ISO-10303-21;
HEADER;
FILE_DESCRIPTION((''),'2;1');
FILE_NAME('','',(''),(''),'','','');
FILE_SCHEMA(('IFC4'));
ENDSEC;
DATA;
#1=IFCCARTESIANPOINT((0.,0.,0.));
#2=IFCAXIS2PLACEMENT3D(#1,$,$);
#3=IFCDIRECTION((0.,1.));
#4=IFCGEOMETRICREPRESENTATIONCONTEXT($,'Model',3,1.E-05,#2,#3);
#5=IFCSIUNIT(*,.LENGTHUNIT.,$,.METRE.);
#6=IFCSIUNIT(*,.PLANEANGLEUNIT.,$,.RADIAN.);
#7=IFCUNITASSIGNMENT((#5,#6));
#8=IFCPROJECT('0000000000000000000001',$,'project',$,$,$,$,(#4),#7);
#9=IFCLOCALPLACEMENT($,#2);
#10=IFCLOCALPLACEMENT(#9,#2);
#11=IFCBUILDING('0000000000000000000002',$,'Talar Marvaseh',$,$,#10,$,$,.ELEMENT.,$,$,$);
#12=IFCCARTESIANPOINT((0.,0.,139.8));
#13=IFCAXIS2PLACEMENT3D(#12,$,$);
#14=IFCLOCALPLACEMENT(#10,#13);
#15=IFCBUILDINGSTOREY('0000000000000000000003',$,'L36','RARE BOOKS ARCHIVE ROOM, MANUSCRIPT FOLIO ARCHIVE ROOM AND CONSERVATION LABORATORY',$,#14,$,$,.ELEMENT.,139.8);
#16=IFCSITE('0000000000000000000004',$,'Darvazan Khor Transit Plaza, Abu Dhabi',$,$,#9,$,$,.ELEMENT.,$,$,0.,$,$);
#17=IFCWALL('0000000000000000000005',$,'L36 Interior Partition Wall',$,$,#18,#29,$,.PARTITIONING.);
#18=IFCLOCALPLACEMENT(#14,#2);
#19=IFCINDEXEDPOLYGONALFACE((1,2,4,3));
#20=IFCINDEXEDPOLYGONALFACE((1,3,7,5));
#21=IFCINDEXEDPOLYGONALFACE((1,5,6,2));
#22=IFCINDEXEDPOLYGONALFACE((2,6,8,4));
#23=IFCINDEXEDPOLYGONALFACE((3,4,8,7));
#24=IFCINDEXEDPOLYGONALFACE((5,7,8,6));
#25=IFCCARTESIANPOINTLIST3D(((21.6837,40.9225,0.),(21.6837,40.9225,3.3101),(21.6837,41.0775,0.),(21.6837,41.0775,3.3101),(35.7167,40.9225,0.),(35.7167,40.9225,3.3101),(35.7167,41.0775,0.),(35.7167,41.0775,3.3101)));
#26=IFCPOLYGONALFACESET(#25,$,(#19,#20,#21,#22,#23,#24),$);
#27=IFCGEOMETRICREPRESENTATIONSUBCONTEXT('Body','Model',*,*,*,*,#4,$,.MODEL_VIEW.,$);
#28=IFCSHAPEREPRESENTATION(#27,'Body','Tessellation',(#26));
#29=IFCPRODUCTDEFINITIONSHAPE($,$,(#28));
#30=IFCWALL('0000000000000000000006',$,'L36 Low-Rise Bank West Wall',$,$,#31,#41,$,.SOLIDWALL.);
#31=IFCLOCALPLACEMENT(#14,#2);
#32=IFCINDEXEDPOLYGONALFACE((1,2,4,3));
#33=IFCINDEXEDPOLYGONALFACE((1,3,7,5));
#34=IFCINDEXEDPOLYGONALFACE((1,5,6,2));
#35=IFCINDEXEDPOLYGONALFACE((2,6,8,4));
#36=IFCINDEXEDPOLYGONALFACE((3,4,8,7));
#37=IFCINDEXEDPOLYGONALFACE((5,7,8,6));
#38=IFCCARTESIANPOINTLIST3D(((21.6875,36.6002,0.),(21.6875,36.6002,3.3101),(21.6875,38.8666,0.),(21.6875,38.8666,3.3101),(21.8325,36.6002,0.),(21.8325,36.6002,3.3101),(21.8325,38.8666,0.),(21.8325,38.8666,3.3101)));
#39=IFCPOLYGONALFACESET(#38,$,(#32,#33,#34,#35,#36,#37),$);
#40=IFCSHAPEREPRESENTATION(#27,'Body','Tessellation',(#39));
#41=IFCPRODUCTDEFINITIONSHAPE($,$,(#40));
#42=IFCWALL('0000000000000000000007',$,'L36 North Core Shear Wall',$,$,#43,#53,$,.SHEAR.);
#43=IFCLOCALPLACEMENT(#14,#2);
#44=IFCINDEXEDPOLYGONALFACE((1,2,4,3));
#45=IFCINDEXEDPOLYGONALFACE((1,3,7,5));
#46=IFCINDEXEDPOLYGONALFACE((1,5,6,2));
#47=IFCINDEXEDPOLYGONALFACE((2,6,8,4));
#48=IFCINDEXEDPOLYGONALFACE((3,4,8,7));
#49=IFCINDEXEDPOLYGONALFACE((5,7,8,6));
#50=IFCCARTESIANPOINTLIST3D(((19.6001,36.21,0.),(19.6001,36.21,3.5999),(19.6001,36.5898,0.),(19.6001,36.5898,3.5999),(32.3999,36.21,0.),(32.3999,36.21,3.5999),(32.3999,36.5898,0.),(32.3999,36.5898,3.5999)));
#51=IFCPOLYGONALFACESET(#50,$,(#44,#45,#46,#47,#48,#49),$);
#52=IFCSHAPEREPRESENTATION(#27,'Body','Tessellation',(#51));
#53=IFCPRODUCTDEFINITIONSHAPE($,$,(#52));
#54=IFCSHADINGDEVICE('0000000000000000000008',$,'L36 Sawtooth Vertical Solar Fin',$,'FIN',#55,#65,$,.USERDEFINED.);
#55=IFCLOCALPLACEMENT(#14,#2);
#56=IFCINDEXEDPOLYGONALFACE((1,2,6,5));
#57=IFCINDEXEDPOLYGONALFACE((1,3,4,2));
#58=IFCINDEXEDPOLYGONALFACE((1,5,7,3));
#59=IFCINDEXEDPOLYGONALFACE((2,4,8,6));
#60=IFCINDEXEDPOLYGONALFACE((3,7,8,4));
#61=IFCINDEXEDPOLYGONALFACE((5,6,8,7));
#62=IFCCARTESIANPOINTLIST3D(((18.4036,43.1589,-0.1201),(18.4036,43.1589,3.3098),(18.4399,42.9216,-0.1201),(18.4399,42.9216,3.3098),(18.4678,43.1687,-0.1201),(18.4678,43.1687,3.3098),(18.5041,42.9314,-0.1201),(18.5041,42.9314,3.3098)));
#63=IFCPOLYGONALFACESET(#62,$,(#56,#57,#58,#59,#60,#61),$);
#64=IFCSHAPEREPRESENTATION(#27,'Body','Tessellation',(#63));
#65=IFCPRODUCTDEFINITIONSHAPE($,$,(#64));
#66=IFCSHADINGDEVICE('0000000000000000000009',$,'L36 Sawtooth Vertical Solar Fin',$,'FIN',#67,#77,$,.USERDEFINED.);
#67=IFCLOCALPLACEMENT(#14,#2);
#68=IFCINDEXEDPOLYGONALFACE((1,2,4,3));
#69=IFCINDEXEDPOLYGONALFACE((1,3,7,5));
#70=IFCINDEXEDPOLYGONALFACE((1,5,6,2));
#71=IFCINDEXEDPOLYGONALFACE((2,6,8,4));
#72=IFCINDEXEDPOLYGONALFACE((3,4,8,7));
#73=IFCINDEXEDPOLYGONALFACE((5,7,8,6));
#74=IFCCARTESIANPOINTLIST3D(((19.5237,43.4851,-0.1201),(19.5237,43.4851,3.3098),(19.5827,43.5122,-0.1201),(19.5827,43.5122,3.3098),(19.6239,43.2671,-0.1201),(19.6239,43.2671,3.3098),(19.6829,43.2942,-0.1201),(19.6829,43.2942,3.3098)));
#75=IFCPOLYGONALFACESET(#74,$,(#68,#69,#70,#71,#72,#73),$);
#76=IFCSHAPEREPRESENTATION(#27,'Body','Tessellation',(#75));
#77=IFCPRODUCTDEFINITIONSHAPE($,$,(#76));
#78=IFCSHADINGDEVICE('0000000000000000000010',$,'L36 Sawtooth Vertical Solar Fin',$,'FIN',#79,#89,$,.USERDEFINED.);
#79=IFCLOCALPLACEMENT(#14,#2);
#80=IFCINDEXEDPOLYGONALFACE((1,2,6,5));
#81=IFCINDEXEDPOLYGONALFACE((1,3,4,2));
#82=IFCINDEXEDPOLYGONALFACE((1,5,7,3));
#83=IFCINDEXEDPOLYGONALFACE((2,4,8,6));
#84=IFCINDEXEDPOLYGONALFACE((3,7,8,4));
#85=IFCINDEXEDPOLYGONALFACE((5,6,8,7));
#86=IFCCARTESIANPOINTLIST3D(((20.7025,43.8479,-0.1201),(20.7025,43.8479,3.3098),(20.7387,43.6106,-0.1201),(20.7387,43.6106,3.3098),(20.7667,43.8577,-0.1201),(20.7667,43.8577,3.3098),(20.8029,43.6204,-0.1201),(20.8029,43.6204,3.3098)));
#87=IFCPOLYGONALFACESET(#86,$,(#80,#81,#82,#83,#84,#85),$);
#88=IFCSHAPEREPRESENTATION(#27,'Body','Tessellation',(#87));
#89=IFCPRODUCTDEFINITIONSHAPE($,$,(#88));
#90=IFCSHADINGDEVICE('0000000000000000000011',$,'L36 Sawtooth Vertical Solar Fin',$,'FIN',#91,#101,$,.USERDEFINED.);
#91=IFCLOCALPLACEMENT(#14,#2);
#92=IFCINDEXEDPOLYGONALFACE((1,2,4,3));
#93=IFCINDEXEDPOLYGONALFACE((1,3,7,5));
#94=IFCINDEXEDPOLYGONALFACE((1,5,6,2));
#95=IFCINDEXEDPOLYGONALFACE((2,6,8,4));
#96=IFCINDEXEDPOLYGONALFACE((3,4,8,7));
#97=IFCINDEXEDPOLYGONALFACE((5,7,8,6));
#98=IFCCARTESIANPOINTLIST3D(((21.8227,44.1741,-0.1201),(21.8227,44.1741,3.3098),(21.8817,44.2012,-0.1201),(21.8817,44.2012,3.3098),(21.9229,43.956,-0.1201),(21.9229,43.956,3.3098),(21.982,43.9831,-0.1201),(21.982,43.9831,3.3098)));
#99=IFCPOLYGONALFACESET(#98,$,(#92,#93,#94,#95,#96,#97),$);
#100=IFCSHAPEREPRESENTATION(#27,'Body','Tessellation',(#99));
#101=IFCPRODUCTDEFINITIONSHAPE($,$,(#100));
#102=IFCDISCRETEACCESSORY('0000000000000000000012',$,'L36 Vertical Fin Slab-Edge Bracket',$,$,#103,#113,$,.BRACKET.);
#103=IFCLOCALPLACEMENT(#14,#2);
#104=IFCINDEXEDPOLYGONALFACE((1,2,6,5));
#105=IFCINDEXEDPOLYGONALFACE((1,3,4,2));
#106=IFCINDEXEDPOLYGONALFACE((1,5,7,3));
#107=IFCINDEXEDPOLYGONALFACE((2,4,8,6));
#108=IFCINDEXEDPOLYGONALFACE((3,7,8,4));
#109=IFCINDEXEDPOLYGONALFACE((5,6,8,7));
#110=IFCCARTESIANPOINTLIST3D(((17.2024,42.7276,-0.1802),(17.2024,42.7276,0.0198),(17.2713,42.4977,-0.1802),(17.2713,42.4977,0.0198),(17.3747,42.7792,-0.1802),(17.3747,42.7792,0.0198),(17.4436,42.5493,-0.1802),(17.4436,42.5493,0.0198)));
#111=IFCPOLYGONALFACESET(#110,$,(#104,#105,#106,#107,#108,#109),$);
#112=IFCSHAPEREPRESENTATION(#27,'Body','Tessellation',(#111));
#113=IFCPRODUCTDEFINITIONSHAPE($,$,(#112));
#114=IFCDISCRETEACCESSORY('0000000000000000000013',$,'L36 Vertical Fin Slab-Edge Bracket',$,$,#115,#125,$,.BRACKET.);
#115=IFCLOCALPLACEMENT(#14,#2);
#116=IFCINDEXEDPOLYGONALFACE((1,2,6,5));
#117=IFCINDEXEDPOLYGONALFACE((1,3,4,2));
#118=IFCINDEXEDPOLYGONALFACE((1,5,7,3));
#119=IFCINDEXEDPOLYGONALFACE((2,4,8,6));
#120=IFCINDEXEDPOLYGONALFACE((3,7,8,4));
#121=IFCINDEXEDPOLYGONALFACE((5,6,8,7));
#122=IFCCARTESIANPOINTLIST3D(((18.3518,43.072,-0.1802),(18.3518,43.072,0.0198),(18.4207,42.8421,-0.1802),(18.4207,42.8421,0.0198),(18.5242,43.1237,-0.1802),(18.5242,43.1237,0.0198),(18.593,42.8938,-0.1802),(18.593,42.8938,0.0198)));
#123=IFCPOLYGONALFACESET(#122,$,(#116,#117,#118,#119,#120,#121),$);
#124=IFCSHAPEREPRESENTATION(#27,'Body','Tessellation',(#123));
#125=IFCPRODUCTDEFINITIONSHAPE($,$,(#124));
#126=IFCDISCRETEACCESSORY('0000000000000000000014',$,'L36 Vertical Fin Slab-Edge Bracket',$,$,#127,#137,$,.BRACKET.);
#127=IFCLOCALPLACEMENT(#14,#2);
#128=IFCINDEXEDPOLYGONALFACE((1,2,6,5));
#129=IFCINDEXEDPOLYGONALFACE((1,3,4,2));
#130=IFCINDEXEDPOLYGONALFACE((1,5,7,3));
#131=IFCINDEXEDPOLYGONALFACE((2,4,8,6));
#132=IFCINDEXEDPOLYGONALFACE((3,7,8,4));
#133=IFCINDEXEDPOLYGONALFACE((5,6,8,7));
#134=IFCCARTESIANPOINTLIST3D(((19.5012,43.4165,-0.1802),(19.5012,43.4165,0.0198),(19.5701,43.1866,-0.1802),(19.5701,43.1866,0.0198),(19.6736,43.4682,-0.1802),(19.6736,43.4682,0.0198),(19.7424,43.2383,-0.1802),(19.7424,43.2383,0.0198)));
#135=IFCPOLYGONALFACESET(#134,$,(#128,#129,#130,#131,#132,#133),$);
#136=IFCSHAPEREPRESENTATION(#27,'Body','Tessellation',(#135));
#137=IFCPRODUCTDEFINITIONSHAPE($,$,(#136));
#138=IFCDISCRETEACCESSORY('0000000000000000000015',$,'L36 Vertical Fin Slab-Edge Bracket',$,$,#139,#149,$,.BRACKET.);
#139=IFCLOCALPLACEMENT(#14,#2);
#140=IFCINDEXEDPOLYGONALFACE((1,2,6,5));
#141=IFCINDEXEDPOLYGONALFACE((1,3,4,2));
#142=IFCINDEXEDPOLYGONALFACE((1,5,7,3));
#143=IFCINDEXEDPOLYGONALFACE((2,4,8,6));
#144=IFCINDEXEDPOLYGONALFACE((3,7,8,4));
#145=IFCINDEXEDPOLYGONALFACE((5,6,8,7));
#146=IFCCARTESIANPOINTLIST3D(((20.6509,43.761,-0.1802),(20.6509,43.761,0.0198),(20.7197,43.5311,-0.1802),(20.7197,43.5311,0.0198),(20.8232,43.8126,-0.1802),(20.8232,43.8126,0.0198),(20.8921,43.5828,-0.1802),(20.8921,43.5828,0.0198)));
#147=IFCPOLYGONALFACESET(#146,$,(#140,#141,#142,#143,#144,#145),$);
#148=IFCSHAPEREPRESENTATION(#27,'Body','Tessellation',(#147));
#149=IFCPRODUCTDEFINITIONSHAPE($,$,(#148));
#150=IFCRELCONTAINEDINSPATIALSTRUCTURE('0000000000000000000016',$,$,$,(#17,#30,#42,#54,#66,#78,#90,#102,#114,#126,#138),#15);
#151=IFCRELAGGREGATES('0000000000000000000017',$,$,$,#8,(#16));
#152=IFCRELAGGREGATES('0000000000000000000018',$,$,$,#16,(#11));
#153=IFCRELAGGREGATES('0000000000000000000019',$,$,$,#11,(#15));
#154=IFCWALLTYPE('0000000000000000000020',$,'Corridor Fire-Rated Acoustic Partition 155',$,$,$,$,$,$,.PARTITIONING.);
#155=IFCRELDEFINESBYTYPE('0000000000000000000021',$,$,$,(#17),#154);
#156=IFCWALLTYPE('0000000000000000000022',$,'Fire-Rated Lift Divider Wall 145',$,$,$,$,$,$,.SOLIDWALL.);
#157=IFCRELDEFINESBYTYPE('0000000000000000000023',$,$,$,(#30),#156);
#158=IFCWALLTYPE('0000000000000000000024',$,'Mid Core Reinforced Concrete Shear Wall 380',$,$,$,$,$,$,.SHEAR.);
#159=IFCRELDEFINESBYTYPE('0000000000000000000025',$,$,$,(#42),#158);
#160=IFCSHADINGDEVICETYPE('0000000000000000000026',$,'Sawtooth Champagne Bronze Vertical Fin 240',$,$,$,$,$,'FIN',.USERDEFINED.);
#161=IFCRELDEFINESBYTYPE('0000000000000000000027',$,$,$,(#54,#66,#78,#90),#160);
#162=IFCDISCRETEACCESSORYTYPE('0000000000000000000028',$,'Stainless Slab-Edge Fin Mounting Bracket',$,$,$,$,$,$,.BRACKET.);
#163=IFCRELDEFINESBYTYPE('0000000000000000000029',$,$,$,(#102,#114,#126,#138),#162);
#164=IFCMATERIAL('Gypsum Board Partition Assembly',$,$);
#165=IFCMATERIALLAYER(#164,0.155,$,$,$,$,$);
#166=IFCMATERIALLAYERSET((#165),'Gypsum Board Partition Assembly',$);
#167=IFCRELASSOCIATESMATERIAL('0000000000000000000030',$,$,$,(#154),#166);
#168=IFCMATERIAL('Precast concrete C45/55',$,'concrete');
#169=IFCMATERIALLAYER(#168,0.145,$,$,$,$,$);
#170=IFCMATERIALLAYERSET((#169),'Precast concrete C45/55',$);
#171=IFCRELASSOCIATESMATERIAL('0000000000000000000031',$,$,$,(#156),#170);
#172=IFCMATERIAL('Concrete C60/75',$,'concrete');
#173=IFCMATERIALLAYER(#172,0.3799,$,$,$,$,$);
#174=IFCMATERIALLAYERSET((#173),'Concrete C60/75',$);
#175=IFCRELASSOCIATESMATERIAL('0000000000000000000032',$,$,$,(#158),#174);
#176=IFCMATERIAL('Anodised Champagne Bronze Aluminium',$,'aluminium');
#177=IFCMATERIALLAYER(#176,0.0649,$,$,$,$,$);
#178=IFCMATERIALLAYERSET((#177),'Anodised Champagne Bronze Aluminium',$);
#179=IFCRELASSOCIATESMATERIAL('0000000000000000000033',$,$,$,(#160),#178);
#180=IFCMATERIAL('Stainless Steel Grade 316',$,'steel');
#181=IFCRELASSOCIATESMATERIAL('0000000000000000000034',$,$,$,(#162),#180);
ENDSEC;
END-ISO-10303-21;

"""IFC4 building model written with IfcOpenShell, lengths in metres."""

from ifc_helpers import new_model, si_unit, direction, frame, frame_2d, origin, origin_2d, place, context, subcontext, project, spatial, rectangle, extrude, source, transform, mapped, material, layer, layer_set, type_object, type_shapes, element, save


model = new_model("IFC4")

# Units and contexts
model_context = context("Model", 3, precision=1e-05, world=origin(), true_north=direction((0.0, 1.0)))
body_context = subcontext(model_context, "Body", "Model", "MODEL_VIEW")
ifc_project = project(units=[si_unit("LENGTHUNIT", "METRE"), si_unit("PLANEANGLEUNIT", "RADIAN")], contexts=[model_context])

# Site, building, storey
site_placement = place(None, origin())
site = spatial("IfcSite", under=ifc_project, at=site_placement, Name="Darvazan Khor Transit Plaza, Abu Dhabi", CompositionType="ELEMENT", RefElevation=0.0)
building_placement = place(site_placement, origin())
building = spatial("IfcBuilding", under=site, at=building_placement, Name="Talar Marvaseh", CompositionType="ELEMENT")
storey_placement = place(building_placement, frame((0.0, 0.0, 139.8)))
storey = spatial("IfcBuildingStorey", under=building, at=storey_placement, Name="L36", Description="RARE BOOKS ARCHIVE ROOM, MANUSCRIPT FOLIO ARCHIVE ROOM AND CONSERVATION LABORATORY", CompositionType="ELEMENT", Elevation=139.8)

# Shared definitions
ifc_material_1 = material(Name="Concrete C60/75", Category="concrete")

# Walls
ifc_material_2 = material(Name="Gypsum Board Partition Assembly")
ifc_layer_1 = layer(ifc_material_2, 0.155)
ifc_layer_set_1 = layer_set([ifc_layer_1], Name="Gypsum Board Partition Assembly")
wall_type_1 = type_object("IfcWallType", Name="Corridor Fire-Rated Acoustic Partition 155", PredefinedType="PARTITIONING", material=ifc_layer_set_1)
wall_1_placement = place(storey_placement, frame((21.6836, 41.0, 0.0), z_axis=(0.0, 0.0, 1.0), x_axis=(1.0, 0.0, 0.0)))
element("IfcWall", 1, at=wall_1_placement, inside=storey, type_object=wall_type_1, Name="L36 Interior Partition Wall", PredefinedType="PARTITIONING", context=body_context, shape_type="SweptSolid", body=[
    extrude(rectangle(XDim=14.033, YDim=0.155, at=frame_2d((7.0166, 0.0))), origin(), (0.0, 0.0, 1.0), 3.3101),
])
ifc_material_3 = material(Name="Precast concrete C45/55", Category="concrete")
ifc_layer_2 = layer(ifc_material_3, 0.145)
ifc_layer_set_2 = layer_set([ifc_layer_2], Name="Precast concrete C45/55")
wall_type_2 = type_object("IfcWallType", Name="Fire-Rated Lift Divider Wall 145", PredefinedType="SOLIDWALL", material=ifc_layer_set_2)
wall_2_placement = place(storey_placement, frame((21.76, 36.6001, 0.0), z_axis=(0.0, 0.0, 1.0), x_axis=(0.0, 1.0, 0.0)))
element("IfcWall", 2, at=wall_2_placement, inside=storey, type_object=wall_type_2, Name="L36 Low-Rise Bank West Wall", PredefinedType="SOLIDWALL", context=body_context, shape_type="SweptSolid", body=[
    extrude(rectangle(XDim=2.2664, YDim=0.145, at=frame_2d((1.1333, 0.0))), origin(), (0.0, 0.0, 1.0), 3.3101),
])

# Shared definitions
ifc_material_4 = material(Name="Stainless Steel Grade 316", Category="steel")

# Wall
ifc_layer_3 = layer(ifc_material_1, 0.3799)
ifc_layer_set_3 = layer_set([ifc_layer_3], Name="Concrete C60/75")
wall_type_3 = type_object("IfcWallType", Name="Mid Core Reinforced Concrete Shear Wall 380", PredefinedType="SHEAR", material=ifc_layer_set_3)
wall_3_placement = place(storey_placement, frame((19.6001, 36.3999, 0.0), z_axis=(0.0, 0.0, 1.0), x_axis=(1.0, 0.0, 0.0)))
element("IfcWall", 3, at=wall_3_placement, inside=storey, type_object=wall_type_3, Name="L36 North Core Shear Wall", PredefinedType="SHEAR", context=body_context, shape_type="SweptSolid", body=[
    extrude(rectangle(XDim=12.7998, YDim=0.3799, at=frame_2d((6.3999, 0.0))), origin(), (0.0, 0.0, 1.0), 3.5999),
])

# Shading devices
ifc_material_5 = material(Name="Anodised Champagne Bronze Aluminium", Category="aluminium")
ifc_layer_4 = layer(ifc_material_5, 0.0649)
ifc_layer_set_4 = layer_set([ifc_layer_4], Name="Anodised Champagne Bronze Aluminium")
shading_device_type = type_object("IfcShadingDeviceType", Name="Sawtooth Champagne Bronze Vertical Fin 240", ElementType="FIN", PredefinedType="USERDEFINED", material=ifc_layer_set_4)
shared_shape_1 = source(origin(), body_context, "Body", "SweptSolid", [
    extrude(rectangle(XDim=0.24, YDim=0.0649, at=origin_2d()), origin(), (0.0, 0.0, 1.0), 3.4299),
])
type_shapes(shading_device_type, [shared_shape_1])
for number, where, z_axis, x_axis, name in (
    (4, (18.4539, 43.0452, -0.1201), (0.0, 0.0, 1.0), (-0.150916, 0.988547, 0.0), "L36 Sawtooth Vertical Solar Fin"),
    (5, (19.6033, 43.3896, -0.1201), (0.0, 0.0, 1.0), (-0.41755, 0.908654, 0.0), "L36 Sawtooth Vertical Solar Fin"),
    (6, (20.7527, 43.7341, -0.1201), (0.0, 0.0, 1.0), (-0.150916, 0.988547, 0.0), "L36 Sawtooth Vertical Solar Fin"),
    (7, (21.9023, 44.0786, -0.1201), (0.0, 0.0, 1.0), (-0.41755, 0.908654, 0.0), "L36 Sawtooth Vertical Solar Fin"),
):
    element("IfcShadingDevice", number, at=place(storey_placement, frame(where, z_axis=z_axis, x_axis=x_axis)), inside=storey, type_object=shading_device_type, Name=name, ObjectType="FIN", PredefinedType="USERDEFINED", context=body_context, shape_type="MappedRepresentation", body=[
        mapped(shared_shape_1, transform((0.0, 0.0, 0.0), x_axis=(1.0, 0.0, 0.0), y_axis=(0.0, 1.0, 0.0), z_axis=(0.0, 0.0, 1.0), scale=1.0)),
    ])

# Discrete accessories
discrete_accessory_type = type_object("IfcDiscreteAccessoryType", Name="Stainless Slab-Edge Fin Mounting Bracket", PredefinedType="BRACKET", material=ifc_material_4)
shared_shape_2 = source(origin(), body_context, "Body", "SweptSolid", [
    extrude(rectangle(XDim=0.24, YDim=0.1799, at=origin_2d()), origin(), (0.0, 0.0, 1.0), 0.2),
])
type_shapes(discrete_accessory_type, [shared_shape_2])
for number, where, z_axis, x_axis, name in (
    (8, (17.323, 42.6384, -0.1802), (0.0, 0.0, 1.0), (-0.287026, 0.957923, 0.0), "L36 Vertical Fin Slab-Edge Bracket"),
    (9, (18.4724, 42.9829, -0.1802), (0.0, 0.0, 1.0), (-0.287026, 0.957923, 0.0), "L36 Vertical Fin Slab-Edge Bracket"),
    (10, (19.6218, 43.3274, -0.1802), (0.0, 0.0, 1.0), (-0.287026, 0.957923, 0.0), "L36 Vertical Fin Slab-Edge Bracket"),
    (11, (20.7715, 43.6719, -0.1802), (0.0, 0.0, 1.0), (-0.287026, 0.957923, 0.0), "L36 Vertical Fin Slab-Edge Bracket"),
):
    element("IfcDiscreteAccessory", number, at=place(storey_placement, frame(where, z_axis=z_axis, x_axis=x_axis)), inside=storey, type_object=discrete_accessory_type, Name=name, PredefinedType="BRACKET", context=body_context, shape_type="MappedRepresentation", body=[
        mapped(shared_shape_2, transform((0.0, 0.0, 0.0), x_axis=(1.0, 0.0, 0.0), y_axis=(0.0, 1.0, 0.0), z_axis=(0.0, 0.0, 1.0), scale=1.0)),
    ])

save(model, "model.ifc")
